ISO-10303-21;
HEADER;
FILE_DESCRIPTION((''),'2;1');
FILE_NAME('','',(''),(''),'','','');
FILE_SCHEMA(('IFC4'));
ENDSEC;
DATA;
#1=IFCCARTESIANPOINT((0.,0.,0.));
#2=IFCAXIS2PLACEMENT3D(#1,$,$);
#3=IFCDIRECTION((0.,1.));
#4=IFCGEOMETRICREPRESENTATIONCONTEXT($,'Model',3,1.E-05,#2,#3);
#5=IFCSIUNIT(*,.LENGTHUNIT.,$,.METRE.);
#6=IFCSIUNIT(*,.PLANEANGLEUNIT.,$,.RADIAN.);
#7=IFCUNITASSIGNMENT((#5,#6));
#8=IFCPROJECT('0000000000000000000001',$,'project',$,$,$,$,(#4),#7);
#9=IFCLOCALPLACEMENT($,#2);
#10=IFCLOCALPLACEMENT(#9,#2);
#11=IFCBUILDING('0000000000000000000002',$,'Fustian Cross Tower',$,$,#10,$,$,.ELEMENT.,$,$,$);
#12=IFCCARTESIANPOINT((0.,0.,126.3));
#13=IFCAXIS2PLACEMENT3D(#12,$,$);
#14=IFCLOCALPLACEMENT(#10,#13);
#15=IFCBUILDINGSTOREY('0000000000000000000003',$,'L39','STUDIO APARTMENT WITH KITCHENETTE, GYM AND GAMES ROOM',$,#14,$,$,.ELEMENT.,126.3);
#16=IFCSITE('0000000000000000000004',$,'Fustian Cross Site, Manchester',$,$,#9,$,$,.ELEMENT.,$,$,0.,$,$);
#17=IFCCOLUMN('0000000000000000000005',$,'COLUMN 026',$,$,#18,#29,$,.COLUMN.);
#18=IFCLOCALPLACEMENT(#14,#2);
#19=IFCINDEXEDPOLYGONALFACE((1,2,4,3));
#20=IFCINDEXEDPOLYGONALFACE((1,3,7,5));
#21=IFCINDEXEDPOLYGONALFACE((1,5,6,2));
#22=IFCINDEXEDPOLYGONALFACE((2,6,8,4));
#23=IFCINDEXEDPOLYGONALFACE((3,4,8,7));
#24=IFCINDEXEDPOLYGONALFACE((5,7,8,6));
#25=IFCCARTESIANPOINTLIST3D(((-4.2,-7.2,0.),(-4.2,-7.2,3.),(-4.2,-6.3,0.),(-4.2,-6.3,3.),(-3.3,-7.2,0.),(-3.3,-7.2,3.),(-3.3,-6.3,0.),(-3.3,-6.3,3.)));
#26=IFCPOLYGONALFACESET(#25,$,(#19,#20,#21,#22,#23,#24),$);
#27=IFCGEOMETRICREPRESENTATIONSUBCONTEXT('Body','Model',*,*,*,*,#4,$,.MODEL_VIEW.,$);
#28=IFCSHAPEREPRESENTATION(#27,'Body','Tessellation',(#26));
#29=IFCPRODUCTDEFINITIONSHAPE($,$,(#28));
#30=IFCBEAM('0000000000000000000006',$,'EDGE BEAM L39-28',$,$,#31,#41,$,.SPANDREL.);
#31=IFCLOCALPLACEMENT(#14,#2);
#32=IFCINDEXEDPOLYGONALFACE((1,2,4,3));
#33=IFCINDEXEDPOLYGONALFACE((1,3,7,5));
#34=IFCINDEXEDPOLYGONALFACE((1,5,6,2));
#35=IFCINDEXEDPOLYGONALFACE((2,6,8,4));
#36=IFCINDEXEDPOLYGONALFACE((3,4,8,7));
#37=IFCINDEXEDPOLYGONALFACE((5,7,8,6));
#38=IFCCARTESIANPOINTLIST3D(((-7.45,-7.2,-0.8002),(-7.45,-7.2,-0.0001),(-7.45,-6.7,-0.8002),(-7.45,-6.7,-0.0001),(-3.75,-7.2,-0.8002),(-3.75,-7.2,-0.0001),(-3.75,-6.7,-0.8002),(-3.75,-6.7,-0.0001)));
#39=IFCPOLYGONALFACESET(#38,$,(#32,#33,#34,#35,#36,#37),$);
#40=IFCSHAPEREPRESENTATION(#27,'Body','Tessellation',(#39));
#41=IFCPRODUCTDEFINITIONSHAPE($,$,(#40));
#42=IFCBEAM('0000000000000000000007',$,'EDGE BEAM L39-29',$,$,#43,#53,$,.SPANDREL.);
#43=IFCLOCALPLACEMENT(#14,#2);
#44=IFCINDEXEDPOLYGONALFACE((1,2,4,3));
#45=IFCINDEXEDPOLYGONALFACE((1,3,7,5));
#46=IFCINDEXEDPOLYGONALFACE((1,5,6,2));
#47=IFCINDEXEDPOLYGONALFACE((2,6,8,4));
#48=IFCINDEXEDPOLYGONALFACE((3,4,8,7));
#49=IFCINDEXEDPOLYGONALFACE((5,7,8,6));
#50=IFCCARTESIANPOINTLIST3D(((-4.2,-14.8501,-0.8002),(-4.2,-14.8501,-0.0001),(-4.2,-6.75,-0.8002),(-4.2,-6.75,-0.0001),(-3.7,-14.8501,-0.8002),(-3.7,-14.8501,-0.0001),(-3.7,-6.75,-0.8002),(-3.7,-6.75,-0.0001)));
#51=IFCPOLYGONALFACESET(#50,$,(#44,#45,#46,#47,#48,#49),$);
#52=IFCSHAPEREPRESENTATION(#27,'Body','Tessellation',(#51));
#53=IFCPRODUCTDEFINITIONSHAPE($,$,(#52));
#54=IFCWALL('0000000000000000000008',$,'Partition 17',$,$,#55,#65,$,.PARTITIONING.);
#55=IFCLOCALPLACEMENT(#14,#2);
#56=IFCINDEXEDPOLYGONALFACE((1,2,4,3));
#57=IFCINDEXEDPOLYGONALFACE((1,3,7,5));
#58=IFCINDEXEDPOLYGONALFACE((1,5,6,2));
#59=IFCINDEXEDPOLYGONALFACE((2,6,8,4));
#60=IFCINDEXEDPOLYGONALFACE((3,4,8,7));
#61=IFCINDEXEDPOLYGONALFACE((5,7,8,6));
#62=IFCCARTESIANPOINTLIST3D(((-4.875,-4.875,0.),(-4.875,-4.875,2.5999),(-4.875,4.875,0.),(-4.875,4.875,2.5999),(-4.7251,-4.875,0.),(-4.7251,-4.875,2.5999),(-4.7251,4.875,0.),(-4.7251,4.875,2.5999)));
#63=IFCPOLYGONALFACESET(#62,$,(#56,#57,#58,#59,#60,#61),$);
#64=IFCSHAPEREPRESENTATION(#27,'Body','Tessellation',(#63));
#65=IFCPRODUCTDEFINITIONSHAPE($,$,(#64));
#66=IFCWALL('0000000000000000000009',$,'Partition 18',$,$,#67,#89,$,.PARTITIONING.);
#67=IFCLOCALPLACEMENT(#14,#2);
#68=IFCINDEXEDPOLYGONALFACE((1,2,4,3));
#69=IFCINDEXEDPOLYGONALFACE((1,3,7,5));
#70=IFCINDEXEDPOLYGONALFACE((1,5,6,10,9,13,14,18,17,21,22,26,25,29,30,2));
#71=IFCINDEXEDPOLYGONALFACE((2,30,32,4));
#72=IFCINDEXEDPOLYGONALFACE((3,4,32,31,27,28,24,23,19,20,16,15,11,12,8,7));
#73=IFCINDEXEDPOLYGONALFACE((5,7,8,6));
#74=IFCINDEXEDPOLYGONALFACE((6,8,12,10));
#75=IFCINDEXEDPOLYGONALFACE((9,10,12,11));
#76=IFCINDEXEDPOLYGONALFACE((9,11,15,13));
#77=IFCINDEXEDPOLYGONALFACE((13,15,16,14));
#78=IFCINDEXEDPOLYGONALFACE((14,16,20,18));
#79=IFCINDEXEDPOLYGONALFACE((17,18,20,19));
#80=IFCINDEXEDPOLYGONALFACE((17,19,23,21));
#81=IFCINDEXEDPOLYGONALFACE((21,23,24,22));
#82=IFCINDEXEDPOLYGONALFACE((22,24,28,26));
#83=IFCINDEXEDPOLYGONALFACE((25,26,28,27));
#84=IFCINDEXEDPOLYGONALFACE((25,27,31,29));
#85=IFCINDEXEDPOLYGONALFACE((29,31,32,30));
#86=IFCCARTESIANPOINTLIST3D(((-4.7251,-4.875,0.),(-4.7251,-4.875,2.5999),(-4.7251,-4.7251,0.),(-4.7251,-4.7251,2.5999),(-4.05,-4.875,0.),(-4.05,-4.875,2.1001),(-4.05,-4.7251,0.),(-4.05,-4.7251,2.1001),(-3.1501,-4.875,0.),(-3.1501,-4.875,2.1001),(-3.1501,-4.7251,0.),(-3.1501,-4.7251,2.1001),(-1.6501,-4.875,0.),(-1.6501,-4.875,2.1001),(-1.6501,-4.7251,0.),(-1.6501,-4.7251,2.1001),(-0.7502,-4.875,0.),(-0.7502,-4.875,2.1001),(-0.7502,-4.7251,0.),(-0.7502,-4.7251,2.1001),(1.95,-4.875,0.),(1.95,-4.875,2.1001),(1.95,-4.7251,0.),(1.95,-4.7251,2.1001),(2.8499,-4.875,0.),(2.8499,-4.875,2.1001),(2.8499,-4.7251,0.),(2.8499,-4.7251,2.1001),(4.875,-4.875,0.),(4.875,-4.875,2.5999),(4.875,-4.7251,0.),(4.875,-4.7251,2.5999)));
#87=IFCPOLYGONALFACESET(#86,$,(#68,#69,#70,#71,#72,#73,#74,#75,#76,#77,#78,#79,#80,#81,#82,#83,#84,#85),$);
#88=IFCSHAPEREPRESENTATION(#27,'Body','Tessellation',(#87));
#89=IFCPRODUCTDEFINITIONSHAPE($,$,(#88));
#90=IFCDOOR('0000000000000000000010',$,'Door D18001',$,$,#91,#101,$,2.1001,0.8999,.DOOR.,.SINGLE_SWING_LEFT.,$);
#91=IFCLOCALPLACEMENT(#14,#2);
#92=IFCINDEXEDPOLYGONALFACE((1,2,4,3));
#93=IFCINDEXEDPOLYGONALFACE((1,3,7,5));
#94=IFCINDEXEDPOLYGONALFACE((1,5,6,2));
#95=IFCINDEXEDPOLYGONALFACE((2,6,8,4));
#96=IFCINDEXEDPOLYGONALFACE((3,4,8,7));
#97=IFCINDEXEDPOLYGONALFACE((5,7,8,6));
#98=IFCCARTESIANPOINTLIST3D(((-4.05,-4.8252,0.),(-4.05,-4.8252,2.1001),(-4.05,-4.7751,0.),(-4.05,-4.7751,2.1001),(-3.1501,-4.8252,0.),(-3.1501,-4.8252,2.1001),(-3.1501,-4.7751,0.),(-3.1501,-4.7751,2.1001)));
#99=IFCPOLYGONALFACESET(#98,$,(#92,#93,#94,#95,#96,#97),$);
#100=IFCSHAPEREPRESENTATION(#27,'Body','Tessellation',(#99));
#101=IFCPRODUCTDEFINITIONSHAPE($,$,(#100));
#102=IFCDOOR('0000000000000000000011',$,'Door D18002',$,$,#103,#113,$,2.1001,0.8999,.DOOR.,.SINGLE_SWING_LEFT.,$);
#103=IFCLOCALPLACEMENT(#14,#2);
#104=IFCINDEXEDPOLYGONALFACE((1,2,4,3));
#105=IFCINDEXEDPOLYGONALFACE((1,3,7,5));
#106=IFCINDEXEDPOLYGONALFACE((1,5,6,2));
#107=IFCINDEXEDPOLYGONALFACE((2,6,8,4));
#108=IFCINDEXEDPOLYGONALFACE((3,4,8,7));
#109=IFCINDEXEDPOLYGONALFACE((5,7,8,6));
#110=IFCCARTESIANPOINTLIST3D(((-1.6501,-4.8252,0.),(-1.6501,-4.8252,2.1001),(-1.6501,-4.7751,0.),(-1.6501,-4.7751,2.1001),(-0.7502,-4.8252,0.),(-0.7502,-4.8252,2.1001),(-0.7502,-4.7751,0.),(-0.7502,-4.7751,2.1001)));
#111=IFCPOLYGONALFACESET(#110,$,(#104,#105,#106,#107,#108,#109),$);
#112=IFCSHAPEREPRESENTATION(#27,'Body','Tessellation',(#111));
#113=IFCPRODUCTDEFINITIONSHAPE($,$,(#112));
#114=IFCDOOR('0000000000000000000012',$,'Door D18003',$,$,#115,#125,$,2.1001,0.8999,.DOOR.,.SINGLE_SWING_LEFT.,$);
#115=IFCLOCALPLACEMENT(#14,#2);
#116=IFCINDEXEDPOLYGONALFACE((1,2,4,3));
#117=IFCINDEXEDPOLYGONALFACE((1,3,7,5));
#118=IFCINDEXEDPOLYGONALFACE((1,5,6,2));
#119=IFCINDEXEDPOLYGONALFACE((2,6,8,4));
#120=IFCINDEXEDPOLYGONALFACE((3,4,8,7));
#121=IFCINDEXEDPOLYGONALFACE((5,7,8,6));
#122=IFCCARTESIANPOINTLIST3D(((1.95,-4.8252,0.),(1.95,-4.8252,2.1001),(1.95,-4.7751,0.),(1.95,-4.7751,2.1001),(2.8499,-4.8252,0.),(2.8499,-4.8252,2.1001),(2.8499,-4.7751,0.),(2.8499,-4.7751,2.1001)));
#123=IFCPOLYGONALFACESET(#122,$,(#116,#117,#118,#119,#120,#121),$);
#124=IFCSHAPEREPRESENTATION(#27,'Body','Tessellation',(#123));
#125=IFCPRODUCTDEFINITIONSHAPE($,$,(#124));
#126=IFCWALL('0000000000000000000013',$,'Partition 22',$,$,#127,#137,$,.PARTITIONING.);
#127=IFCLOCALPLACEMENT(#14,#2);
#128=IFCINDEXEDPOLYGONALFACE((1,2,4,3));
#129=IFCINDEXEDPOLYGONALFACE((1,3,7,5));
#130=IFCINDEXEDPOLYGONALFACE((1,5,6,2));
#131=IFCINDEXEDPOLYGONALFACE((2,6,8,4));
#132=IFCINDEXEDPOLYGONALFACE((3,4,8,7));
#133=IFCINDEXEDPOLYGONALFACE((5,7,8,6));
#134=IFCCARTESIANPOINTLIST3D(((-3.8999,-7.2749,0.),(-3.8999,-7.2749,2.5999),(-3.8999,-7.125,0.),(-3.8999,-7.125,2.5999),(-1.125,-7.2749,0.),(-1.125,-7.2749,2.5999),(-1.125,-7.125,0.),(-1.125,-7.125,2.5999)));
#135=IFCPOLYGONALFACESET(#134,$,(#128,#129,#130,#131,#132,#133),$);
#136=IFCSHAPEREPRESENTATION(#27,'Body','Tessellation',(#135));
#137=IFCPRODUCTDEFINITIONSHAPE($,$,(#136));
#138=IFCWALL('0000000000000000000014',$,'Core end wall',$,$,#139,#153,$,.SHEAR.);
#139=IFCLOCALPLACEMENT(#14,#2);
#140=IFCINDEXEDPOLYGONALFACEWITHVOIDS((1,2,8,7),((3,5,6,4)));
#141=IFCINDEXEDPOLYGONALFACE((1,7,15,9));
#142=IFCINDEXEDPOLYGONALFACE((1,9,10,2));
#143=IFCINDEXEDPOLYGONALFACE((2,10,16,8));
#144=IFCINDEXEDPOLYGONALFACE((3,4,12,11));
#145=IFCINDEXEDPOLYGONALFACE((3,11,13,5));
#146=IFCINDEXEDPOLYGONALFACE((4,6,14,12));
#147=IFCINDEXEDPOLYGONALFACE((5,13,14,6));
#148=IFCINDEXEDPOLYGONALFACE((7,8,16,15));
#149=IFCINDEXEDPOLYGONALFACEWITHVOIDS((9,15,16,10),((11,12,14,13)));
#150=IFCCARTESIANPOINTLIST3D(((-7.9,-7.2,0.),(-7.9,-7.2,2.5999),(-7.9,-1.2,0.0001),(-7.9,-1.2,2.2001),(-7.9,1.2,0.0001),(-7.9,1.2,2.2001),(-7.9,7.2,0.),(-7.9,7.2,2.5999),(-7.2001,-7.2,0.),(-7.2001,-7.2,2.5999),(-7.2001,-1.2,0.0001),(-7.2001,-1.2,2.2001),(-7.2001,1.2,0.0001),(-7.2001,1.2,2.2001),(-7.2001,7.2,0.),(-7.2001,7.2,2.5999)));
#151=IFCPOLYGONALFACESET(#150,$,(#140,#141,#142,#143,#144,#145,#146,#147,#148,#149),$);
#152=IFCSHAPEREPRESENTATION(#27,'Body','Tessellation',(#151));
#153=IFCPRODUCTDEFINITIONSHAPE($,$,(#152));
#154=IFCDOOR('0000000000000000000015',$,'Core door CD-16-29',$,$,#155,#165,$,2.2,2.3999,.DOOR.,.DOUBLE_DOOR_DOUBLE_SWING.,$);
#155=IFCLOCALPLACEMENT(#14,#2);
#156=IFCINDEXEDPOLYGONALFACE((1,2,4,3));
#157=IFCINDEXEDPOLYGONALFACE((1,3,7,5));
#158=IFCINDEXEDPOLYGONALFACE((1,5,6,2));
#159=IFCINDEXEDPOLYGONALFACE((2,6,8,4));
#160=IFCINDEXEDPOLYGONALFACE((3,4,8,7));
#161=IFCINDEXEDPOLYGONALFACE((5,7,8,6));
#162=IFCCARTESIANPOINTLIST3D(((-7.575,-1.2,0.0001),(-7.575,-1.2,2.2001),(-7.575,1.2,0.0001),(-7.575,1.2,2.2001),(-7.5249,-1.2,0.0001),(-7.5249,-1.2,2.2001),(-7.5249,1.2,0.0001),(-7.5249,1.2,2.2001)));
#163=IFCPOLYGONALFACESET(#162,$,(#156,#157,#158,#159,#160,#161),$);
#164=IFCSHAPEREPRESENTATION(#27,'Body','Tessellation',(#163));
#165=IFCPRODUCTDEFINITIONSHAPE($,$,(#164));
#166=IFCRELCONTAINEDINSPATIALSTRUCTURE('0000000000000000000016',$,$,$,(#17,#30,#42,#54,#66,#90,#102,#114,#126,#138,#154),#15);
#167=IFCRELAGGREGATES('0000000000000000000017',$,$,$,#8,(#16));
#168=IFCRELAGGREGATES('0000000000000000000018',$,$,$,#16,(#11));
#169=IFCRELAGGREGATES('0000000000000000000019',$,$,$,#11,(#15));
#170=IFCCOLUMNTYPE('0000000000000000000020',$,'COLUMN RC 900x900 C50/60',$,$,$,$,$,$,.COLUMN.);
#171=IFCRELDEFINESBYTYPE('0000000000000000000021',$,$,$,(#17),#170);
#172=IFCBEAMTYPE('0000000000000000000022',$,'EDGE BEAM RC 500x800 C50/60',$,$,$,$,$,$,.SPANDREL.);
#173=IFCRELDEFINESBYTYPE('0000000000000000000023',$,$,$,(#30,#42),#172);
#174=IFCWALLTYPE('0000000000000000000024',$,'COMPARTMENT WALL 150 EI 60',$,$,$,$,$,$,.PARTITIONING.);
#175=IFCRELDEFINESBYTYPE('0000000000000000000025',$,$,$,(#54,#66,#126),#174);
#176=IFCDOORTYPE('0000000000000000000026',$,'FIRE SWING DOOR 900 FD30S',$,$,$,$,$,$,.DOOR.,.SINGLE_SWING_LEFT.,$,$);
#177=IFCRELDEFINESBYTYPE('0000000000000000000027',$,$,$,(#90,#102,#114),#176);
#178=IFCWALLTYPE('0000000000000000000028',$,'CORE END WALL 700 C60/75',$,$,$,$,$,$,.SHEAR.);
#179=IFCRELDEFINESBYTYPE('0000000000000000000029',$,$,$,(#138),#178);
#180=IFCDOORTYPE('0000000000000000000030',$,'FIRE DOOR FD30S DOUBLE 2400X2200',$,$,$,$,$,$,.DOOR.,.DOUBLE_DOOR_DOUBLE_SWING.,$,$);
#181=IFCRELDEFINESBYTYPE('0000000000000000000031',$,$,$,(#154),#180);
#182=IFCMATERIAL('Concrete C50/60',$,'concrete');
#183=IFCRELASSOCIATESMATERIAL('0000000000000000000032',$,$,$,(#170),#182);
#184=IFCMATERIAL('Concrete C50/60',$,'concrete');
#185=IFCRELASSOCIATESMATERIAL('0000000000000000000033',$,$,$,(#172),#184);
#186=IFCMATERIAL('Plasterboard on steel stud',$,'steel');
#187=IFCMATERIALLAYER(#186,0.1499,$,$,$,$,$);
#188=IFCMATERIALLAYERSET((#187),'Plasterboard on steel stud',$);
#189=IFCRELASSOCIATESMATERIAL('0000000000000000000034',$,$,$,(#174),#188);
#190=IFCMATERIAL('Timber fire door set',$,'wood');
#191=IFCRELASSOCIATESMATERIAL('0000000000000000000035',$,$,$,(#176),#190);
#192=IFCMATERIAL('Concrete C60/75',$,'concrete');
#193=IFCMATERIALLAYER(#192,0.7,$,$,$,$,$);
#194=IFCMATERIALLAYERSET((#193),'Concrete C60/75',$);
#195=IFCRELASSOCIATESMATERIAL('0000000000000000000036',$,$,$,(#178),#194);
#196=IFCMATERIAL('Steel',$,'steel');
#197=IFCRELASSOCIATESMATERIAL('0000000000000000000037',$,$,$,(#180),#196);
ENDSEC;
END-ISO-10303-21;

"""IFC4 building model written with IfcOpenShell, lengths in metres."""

from ifc_helpers import new_model, si_unit, direction, frame, frame_2d, origin, origin_2d, place, context, subcontext, project, spatial, rectangle, extrude, material, layer, layer_set, material_profile, profile_set, type_object, element, fill, save


model = new_model("IFC4")

# Units and contexts
model_context = context("Model", 3, precision=1e-05, world=origin(), true_north=direction((0.0, 1.0)))
body_context = subcontext(model_context, "Body", "Model", "MODEL_VIEW")
ifc_project = project(units=[si_unit("LENGTHUNIT", "METRE"), si_unit("PLANEANGLEUNIT", "RADIAN")], contexts=[model_context])

# Site, building, storey
site_placement = place(None, origin())
site = spatial("IfcSite", under=ifc_project, at=site_placement, Name="Fustian Cross Site, Manchester", CompositionType="ELEMENT", RefElevation=0.0)
building_placement = place(site_placement, origin())
building = spatial("IfcBuilding", under=site, at=building_placement, Name="Fustian Cross Tower", CompositionType="ELEMENT")
storey_placement = place(building_placement, frame((0.0, 0.0, 126.3)))
storey = spatial("IfcBuildingStorey", under=building, at=storey_placement, Name="L39", Description="STUDIO APARTMENT WITH KITCHENETTE, GYM AND GAMES ROOM", CompositionType="ELEMENT", Elevation=126.3)

# Column
ifc_material_1 = material(Name="Concrete C50/60", Category="concrete")
ifc_material_profile_1 = material_profile(ifc_material_1, rectangle(XDim=0.8999, YDim=0.8999, at=origin_2d()), Name="RC 900x900")
ifc_profile_set_1 = profile_set([ifc_material_profile_1], Name="Concrete C50/60")
column_type = type_object("IfcColumnType", Name="COLUMN RC 900x900 C50/60", PredefinedType="COLUMN", material=ifc_profile_set_1)
column_placement = place(storey_placement, frame((-3.75, -6.75, 0.0), z_axis=(0.0, 0.0, 1.0), x_axis=(1.0, 0.0, 0.0)))
element("IfcColumn", 1, at=column_placement, inside=storey, type_object=column_type, Name="COLUMN 026", PredefinedType="COLUMN", context=body_context, shape_type="SweptSolid", body=[
    extrude(rectangle(XDim=0.8999, YDim=0.8999, at=origin_2d()), origin(), (0.0, 0.0, 1.0), 3.0),
])

# Beams
ifc_material_2 = material(Name="Concrete C50/60", Category="concrete")
ifc_material_profile_2 = material_profile(ifc_material_2, rectangle(XDim=0.5, YDim=0.8, at=origin_2d()), Name="RC 500x800")
ifc_profile_set_2 = profile_set([ifc_material_profile_2], Name="Concrete C50/60")
beam_type = type_object("IfcBeamType", Name="EDGE BEAM RC 500x800 C50/60", PredefinedType="SPANDREL", material=ifc_profile_set_2)
beam_1_placement = place(storey_placement, frame((-7.45, -6.95, -0.4001), z_axis=(1.0, 0.0, 0.0), x_axis=(0.0, 1.0, 0.0)))
element("IfcBeam", 2, at=beam_1_placement, inside=storey, type_object=beam_type, Name="EDGE BEAM L39-28", PredefinedType="SPANDREL", context=body_context, shape_type="SweptSolid", body=[
    extrude(rectangle(XDim=0.5, YDim=0.8, at=origin_2d()), origin(), (0.0, 0.0, 1.0), 3.7),
])
beam_2_placement = place(storey_placement, frame((-3.95, -6.75, -0.4001), z_axis=(0.0, -1.0, 0.0), x_axis=(1.0, 0.0, 0.0)))
element("IfcBeam", 3, at=beam_2_placement, inside=storey, type_object=beam_type, Name="EDGE BEAM L39-29", PredefinedType="SPANDREL", context=body_context, shape_type="SweptSolid", body=[
    extrude(rectangle(XDim=0.5, YDim=0.8, at=origin_2d()), origin(), (0.0, 0.0, 1.0), 8.1001),
])

# Wall
ifc_material_3 = material(Name="Plasterboard on steel stud", Category="steel")
ifc_layer_1 = layer(ifc_material_3, 0.1499)
ifc_layer_set_1 = layer_set([ifc_layer_1], Name="Plasterboard on steel stud")
wall_type_1 = type_object("IfcWallType", Name="COMPARTMENT WALL 150 EI 60", PredefinedType="PARTITIONING", material=ifc_layer_set_1)
wall_1_placement = place(storey_placement, frame((-4.8, -4.875, 0.0), z_axis=(0.0, 0.0, 1.0), x_axis=(0.0, 1.0, 0.0)))
element("IfcWall", 4, at=wall_1_placement, inside=storey, type_object=wall_type_1, Name="Partition 17", PredefinedType="PARTITIONING", context=body_context, shape_type="SweptSolid", body=[
    extrude(rectangle(XDim=9.75, YDim=0.1499, at=frame_2d((4.875, 0.0))), origin(), (0.0, 0.0, 1.0), 2.5999),
])

# Wall, openings, doors
wall_2_placement = place(storey_placement, frame((-4.7251, -4.8, 0.0), z_axis=(0.0, 0.0, 1.0), x_axis=(1.0, 0.0, 0.0)))
wall_2 = element("IfcWall", 5, at=wall_2_placement, inside=storey, type_object=wall_type_1, Name="Partition 18", PredefinedType="PARTITIONING", context=body_context, shape_type="SweptSolid", body=[
    extrude(rectangle(XDim=9.6001, YDim=0.1499, at=frame_2d((4.8, 0.0))), origin(), (0.0, 0.0, 1.0), 2.5999),
])
opening_1_placement = place(wall_2_placement, frame((0.675, 0.0, 0.0)))
opening_1 = element("IfcOpeningElement", 6, at=opening_1_placement, cuts=wall_2, PredefinedType="OPENING", context=body_context, shape_type="SweptSolid", body=[
    extrude(rectangle(XDim=0.8999, YDim=2.1001, at=frame_2d((0.45, 1.05))), frame((0.0, 0.085, 0.0), z_axis=(0.0, -1.0, 0.0), x_axis=(1.0, 0.0, 0.0)), (0.0, 0.0, 1.0), 0.1699),
])
opening_2_placement = place(wall_2_placement, frame((3.075, 0.0, 0.0)))
opening_2 = element("IfcOpeningElement", 7, at=opening_2_placement, cuts=wall_2, PredefinedType="OPENING", context=body_context, shape_type="SweptSolid", body=[
    extrude(rectangle(XDim=0.8999, YDim=2.1001, at=frame_2d((0.45, 1.05))), frame((0.0, 0.085, 0.0), z_axis=(0.0, -1.0, 0.0), x_axis=(1.0, 0.0, 0.0)), (0.0, 0.0, 1.0), 0.1699),
])
opening_3_placement = place(wall_2_placement, frame((6.675, 0.0, 0.0)))
opening_3 = element("IfcOpeningElement", 8, at=opening_3_placement, cuts=wall_2, PredefinedType="OPENING", context=body_context, shape_type="SweptSolid", body=[
    extrude(rectangle(XDim=0.8999, YDim=2.1001, at=frame_2d((0.45, 1.05))), frame((0.0, 0.085, 0.0), z_axis=(0.0, -1.0, 0.0), x_axis=(1.0, 0.0, 0.0)), (0.0, 0.0, 1.0), 0.1699),
])
ifc_material_4 = material(Name="Timber fire door set", Category="wood")
door_type_1 = type_object("IfcDoorType", Name="FIRE SWING DOOR 900 FD30S", OperationType="SINGLE_SWING_LEFT", PredefinedType="DOOR", material=ifc_material_4)
door_1_placement = place(opening_1_placement, origin())
door_1 = element("IfcDoor", 9, at=door_1_placement, inside=storey, type_object=door_type_1, Name="Door D18001", OperationType="SINGLE_SWING_LEFT", OverallHeight=2.1001, OverallWidth=0.8999, PredefinedType="DOOR", context=body_context, shape_type="SweptSolid", body=[
    extrude(rectangle(XDim=0.8999, YDim=2.1001, at=frame_2d((0.45, 1.05))), frame((0.0, 0.0249, 0.0), z_axis=(0.0, -1.0, 0.0), x_axis=(1.0, 0.0, 0.0)), (0.0, 0.0, 1.0), 0.05),
])
fill(opening_1, door_1)
door_2_placement = place(opening_2_placement, origin())
door_2 = element("IfcDoor", 10, at=door_2_placement, inside=storey, type_object=door_type_1, Name="Door D18002", OperationType="SINGLE_SWING_LEFT", OverallHeight=2.1001, OverallWidth=0.8999, PredefinedType="DOOR", context=body_context, shape_type="SweptSolid", body=[
    extrude(rectangle(XDim=0.8999, YDim=2.1001, at=frame_2d((0.45, 1.05))), frame((0.0, 0.0249, 0.0), z_axis=(0.0, -1.0, 0.0), x_axis=(1.0, 0.0, 0.0)), (0.0, 0.0, 1.0), 0.05),
])
fill(opening_2, door_2)
door_3_placement = place(opening_3_placement, origin())
door_3 = element("IfcDoor", 11, at=door_3_placement, inside=storey, type_object=door_type_1, Name="Door D18003", OperationType="SINGLE_SWING_LEFT", OverallHeight=2.1001, OverallWidth=0.8999, PredefinedType="DOOR", context=body_context, shape_type="SweptSolid", body=[
    extrude(rectangle(XDim=0.8999, YDim=2.1001, at=frame_2d((0.45, 1.05))), frame((0.0, 0.0249, 0.0), z_axis=(0.0, -1.0, 0.0), x_axis=(1.0, 0.0, 0.0)), (0.0, 0.0, 1.0), 0.05),
])
fill(opening_3, door_3)

# Wall
wall_3_placement = place(storey_placement, frame((-3.8999, -7.2, 0.0), z_axis=(0.0, 0.0, 1.0), x_axis=(1.0, 0.0, 0.0)))
element("IfcWall", 12, at=wall_3_placement, inside=storey, type_object=wall_type_1, Name="Partition 22", PredefinedType="PARTITIONING", context=body_context, shape_type="SweptSolid", body=[
    extrude(rectangle(XDim=2.7749, YDim=0.1499, at=frame_2d((1.3875, 0.0))), origin(), (0.0, 0.0, 1.0), 2.5999),
])

# Wall, opening, door
ifc_material_5 = material(Name="Concrete C60/75", Category="concrete")
ifc_layer_2 = layer(ifc_material_5, 0.7)
ifc_layer_set_2 = layer_set([ifc_layer_2], Name="Concrete C60/75")
wall_type_2 = type_object("IfcWallType", Name="CORE END WALL 700 C60/75", PredefinedType="SHEAR", material=ifc_layer_set_2)
wall_4_placement = place(storey_placement, frame((-7.55, -7.2, 0.0), z_axis=(0.0, 0.0, 1.0), x_axis=(0.0, 1.0, 0.0)))
wall_4 = element("IfcWall", 13, at=wall_4_placement, inside=storey, type_object=wall_type_2, Name="Core end wall", PredefinedType="SHEAR", context=body_context, shape_type="SweptSolid", body=[
    extrude(rectangle(XDim=14.3999, YDim=0.7, at=frame_2d((7.2, 0.0))), origin(), (0.0, 0.0, 1.0), 2.5999),
])
opening_4_placement = place(wall_4_placement, frame((6.0, 0.0, 0.0)))
opening_4 = element("IfcOpeningElement", 14, at=opening_4_placement, cuts=wall_4, PredefinedType="OPENING", context=body_context, shape_type="SweptSolid", body=[
    extrude(rectangle(XDim=2.3999, YDim=2.2, at=frame_2d((1.2, 1.1001))), frame((0.0, 0.3599, 0.0), z_axis=(0.0, -1.0, 0.0), x_axis=(1.0, 0.0, 0.0)), (0.0, 0.0, 1.0), 0.72),
])
ifc_material_6 = material(Name="Steel", Category="steel")
door_type_2 = type_object("IfcDoorType", Name="FIRE DOOR FD30S DOUBLE 2400X2200", OperationType="DOUBLE_DOOR_DOUBLE_SWING", PredefinedType="DOOR", material=ifc_material_6)
door_4_placement = place(opening_4_placement, origin())
door_4 = element("IfcDoor", 15, at=door_4_placement, inside=storey, type_object=door_type_2, Name="Core door CD-16-29", OperationType="DOUBLE_DOOR_DOUBLE_SWING", OverallHeight=2.2, OverallWidth=2.3999, PredefinedType="DOOR", context=body_context, shape_type="SweptSolid", body=[
    extrude(rectangle(XDim=2.3999, YDim=2.2, at=frame_2d((1.2, 1.1001))), frame((0.0, 0.0249, 0.0), z_axis=(0.0, -1.0, 0.0), x_axis=(1.0, 0.0, 0.0)), (0.0, 0.0, 1.0), 0.05),
])
fill(opening_4, door_4)

save(model, "model.ifc")
